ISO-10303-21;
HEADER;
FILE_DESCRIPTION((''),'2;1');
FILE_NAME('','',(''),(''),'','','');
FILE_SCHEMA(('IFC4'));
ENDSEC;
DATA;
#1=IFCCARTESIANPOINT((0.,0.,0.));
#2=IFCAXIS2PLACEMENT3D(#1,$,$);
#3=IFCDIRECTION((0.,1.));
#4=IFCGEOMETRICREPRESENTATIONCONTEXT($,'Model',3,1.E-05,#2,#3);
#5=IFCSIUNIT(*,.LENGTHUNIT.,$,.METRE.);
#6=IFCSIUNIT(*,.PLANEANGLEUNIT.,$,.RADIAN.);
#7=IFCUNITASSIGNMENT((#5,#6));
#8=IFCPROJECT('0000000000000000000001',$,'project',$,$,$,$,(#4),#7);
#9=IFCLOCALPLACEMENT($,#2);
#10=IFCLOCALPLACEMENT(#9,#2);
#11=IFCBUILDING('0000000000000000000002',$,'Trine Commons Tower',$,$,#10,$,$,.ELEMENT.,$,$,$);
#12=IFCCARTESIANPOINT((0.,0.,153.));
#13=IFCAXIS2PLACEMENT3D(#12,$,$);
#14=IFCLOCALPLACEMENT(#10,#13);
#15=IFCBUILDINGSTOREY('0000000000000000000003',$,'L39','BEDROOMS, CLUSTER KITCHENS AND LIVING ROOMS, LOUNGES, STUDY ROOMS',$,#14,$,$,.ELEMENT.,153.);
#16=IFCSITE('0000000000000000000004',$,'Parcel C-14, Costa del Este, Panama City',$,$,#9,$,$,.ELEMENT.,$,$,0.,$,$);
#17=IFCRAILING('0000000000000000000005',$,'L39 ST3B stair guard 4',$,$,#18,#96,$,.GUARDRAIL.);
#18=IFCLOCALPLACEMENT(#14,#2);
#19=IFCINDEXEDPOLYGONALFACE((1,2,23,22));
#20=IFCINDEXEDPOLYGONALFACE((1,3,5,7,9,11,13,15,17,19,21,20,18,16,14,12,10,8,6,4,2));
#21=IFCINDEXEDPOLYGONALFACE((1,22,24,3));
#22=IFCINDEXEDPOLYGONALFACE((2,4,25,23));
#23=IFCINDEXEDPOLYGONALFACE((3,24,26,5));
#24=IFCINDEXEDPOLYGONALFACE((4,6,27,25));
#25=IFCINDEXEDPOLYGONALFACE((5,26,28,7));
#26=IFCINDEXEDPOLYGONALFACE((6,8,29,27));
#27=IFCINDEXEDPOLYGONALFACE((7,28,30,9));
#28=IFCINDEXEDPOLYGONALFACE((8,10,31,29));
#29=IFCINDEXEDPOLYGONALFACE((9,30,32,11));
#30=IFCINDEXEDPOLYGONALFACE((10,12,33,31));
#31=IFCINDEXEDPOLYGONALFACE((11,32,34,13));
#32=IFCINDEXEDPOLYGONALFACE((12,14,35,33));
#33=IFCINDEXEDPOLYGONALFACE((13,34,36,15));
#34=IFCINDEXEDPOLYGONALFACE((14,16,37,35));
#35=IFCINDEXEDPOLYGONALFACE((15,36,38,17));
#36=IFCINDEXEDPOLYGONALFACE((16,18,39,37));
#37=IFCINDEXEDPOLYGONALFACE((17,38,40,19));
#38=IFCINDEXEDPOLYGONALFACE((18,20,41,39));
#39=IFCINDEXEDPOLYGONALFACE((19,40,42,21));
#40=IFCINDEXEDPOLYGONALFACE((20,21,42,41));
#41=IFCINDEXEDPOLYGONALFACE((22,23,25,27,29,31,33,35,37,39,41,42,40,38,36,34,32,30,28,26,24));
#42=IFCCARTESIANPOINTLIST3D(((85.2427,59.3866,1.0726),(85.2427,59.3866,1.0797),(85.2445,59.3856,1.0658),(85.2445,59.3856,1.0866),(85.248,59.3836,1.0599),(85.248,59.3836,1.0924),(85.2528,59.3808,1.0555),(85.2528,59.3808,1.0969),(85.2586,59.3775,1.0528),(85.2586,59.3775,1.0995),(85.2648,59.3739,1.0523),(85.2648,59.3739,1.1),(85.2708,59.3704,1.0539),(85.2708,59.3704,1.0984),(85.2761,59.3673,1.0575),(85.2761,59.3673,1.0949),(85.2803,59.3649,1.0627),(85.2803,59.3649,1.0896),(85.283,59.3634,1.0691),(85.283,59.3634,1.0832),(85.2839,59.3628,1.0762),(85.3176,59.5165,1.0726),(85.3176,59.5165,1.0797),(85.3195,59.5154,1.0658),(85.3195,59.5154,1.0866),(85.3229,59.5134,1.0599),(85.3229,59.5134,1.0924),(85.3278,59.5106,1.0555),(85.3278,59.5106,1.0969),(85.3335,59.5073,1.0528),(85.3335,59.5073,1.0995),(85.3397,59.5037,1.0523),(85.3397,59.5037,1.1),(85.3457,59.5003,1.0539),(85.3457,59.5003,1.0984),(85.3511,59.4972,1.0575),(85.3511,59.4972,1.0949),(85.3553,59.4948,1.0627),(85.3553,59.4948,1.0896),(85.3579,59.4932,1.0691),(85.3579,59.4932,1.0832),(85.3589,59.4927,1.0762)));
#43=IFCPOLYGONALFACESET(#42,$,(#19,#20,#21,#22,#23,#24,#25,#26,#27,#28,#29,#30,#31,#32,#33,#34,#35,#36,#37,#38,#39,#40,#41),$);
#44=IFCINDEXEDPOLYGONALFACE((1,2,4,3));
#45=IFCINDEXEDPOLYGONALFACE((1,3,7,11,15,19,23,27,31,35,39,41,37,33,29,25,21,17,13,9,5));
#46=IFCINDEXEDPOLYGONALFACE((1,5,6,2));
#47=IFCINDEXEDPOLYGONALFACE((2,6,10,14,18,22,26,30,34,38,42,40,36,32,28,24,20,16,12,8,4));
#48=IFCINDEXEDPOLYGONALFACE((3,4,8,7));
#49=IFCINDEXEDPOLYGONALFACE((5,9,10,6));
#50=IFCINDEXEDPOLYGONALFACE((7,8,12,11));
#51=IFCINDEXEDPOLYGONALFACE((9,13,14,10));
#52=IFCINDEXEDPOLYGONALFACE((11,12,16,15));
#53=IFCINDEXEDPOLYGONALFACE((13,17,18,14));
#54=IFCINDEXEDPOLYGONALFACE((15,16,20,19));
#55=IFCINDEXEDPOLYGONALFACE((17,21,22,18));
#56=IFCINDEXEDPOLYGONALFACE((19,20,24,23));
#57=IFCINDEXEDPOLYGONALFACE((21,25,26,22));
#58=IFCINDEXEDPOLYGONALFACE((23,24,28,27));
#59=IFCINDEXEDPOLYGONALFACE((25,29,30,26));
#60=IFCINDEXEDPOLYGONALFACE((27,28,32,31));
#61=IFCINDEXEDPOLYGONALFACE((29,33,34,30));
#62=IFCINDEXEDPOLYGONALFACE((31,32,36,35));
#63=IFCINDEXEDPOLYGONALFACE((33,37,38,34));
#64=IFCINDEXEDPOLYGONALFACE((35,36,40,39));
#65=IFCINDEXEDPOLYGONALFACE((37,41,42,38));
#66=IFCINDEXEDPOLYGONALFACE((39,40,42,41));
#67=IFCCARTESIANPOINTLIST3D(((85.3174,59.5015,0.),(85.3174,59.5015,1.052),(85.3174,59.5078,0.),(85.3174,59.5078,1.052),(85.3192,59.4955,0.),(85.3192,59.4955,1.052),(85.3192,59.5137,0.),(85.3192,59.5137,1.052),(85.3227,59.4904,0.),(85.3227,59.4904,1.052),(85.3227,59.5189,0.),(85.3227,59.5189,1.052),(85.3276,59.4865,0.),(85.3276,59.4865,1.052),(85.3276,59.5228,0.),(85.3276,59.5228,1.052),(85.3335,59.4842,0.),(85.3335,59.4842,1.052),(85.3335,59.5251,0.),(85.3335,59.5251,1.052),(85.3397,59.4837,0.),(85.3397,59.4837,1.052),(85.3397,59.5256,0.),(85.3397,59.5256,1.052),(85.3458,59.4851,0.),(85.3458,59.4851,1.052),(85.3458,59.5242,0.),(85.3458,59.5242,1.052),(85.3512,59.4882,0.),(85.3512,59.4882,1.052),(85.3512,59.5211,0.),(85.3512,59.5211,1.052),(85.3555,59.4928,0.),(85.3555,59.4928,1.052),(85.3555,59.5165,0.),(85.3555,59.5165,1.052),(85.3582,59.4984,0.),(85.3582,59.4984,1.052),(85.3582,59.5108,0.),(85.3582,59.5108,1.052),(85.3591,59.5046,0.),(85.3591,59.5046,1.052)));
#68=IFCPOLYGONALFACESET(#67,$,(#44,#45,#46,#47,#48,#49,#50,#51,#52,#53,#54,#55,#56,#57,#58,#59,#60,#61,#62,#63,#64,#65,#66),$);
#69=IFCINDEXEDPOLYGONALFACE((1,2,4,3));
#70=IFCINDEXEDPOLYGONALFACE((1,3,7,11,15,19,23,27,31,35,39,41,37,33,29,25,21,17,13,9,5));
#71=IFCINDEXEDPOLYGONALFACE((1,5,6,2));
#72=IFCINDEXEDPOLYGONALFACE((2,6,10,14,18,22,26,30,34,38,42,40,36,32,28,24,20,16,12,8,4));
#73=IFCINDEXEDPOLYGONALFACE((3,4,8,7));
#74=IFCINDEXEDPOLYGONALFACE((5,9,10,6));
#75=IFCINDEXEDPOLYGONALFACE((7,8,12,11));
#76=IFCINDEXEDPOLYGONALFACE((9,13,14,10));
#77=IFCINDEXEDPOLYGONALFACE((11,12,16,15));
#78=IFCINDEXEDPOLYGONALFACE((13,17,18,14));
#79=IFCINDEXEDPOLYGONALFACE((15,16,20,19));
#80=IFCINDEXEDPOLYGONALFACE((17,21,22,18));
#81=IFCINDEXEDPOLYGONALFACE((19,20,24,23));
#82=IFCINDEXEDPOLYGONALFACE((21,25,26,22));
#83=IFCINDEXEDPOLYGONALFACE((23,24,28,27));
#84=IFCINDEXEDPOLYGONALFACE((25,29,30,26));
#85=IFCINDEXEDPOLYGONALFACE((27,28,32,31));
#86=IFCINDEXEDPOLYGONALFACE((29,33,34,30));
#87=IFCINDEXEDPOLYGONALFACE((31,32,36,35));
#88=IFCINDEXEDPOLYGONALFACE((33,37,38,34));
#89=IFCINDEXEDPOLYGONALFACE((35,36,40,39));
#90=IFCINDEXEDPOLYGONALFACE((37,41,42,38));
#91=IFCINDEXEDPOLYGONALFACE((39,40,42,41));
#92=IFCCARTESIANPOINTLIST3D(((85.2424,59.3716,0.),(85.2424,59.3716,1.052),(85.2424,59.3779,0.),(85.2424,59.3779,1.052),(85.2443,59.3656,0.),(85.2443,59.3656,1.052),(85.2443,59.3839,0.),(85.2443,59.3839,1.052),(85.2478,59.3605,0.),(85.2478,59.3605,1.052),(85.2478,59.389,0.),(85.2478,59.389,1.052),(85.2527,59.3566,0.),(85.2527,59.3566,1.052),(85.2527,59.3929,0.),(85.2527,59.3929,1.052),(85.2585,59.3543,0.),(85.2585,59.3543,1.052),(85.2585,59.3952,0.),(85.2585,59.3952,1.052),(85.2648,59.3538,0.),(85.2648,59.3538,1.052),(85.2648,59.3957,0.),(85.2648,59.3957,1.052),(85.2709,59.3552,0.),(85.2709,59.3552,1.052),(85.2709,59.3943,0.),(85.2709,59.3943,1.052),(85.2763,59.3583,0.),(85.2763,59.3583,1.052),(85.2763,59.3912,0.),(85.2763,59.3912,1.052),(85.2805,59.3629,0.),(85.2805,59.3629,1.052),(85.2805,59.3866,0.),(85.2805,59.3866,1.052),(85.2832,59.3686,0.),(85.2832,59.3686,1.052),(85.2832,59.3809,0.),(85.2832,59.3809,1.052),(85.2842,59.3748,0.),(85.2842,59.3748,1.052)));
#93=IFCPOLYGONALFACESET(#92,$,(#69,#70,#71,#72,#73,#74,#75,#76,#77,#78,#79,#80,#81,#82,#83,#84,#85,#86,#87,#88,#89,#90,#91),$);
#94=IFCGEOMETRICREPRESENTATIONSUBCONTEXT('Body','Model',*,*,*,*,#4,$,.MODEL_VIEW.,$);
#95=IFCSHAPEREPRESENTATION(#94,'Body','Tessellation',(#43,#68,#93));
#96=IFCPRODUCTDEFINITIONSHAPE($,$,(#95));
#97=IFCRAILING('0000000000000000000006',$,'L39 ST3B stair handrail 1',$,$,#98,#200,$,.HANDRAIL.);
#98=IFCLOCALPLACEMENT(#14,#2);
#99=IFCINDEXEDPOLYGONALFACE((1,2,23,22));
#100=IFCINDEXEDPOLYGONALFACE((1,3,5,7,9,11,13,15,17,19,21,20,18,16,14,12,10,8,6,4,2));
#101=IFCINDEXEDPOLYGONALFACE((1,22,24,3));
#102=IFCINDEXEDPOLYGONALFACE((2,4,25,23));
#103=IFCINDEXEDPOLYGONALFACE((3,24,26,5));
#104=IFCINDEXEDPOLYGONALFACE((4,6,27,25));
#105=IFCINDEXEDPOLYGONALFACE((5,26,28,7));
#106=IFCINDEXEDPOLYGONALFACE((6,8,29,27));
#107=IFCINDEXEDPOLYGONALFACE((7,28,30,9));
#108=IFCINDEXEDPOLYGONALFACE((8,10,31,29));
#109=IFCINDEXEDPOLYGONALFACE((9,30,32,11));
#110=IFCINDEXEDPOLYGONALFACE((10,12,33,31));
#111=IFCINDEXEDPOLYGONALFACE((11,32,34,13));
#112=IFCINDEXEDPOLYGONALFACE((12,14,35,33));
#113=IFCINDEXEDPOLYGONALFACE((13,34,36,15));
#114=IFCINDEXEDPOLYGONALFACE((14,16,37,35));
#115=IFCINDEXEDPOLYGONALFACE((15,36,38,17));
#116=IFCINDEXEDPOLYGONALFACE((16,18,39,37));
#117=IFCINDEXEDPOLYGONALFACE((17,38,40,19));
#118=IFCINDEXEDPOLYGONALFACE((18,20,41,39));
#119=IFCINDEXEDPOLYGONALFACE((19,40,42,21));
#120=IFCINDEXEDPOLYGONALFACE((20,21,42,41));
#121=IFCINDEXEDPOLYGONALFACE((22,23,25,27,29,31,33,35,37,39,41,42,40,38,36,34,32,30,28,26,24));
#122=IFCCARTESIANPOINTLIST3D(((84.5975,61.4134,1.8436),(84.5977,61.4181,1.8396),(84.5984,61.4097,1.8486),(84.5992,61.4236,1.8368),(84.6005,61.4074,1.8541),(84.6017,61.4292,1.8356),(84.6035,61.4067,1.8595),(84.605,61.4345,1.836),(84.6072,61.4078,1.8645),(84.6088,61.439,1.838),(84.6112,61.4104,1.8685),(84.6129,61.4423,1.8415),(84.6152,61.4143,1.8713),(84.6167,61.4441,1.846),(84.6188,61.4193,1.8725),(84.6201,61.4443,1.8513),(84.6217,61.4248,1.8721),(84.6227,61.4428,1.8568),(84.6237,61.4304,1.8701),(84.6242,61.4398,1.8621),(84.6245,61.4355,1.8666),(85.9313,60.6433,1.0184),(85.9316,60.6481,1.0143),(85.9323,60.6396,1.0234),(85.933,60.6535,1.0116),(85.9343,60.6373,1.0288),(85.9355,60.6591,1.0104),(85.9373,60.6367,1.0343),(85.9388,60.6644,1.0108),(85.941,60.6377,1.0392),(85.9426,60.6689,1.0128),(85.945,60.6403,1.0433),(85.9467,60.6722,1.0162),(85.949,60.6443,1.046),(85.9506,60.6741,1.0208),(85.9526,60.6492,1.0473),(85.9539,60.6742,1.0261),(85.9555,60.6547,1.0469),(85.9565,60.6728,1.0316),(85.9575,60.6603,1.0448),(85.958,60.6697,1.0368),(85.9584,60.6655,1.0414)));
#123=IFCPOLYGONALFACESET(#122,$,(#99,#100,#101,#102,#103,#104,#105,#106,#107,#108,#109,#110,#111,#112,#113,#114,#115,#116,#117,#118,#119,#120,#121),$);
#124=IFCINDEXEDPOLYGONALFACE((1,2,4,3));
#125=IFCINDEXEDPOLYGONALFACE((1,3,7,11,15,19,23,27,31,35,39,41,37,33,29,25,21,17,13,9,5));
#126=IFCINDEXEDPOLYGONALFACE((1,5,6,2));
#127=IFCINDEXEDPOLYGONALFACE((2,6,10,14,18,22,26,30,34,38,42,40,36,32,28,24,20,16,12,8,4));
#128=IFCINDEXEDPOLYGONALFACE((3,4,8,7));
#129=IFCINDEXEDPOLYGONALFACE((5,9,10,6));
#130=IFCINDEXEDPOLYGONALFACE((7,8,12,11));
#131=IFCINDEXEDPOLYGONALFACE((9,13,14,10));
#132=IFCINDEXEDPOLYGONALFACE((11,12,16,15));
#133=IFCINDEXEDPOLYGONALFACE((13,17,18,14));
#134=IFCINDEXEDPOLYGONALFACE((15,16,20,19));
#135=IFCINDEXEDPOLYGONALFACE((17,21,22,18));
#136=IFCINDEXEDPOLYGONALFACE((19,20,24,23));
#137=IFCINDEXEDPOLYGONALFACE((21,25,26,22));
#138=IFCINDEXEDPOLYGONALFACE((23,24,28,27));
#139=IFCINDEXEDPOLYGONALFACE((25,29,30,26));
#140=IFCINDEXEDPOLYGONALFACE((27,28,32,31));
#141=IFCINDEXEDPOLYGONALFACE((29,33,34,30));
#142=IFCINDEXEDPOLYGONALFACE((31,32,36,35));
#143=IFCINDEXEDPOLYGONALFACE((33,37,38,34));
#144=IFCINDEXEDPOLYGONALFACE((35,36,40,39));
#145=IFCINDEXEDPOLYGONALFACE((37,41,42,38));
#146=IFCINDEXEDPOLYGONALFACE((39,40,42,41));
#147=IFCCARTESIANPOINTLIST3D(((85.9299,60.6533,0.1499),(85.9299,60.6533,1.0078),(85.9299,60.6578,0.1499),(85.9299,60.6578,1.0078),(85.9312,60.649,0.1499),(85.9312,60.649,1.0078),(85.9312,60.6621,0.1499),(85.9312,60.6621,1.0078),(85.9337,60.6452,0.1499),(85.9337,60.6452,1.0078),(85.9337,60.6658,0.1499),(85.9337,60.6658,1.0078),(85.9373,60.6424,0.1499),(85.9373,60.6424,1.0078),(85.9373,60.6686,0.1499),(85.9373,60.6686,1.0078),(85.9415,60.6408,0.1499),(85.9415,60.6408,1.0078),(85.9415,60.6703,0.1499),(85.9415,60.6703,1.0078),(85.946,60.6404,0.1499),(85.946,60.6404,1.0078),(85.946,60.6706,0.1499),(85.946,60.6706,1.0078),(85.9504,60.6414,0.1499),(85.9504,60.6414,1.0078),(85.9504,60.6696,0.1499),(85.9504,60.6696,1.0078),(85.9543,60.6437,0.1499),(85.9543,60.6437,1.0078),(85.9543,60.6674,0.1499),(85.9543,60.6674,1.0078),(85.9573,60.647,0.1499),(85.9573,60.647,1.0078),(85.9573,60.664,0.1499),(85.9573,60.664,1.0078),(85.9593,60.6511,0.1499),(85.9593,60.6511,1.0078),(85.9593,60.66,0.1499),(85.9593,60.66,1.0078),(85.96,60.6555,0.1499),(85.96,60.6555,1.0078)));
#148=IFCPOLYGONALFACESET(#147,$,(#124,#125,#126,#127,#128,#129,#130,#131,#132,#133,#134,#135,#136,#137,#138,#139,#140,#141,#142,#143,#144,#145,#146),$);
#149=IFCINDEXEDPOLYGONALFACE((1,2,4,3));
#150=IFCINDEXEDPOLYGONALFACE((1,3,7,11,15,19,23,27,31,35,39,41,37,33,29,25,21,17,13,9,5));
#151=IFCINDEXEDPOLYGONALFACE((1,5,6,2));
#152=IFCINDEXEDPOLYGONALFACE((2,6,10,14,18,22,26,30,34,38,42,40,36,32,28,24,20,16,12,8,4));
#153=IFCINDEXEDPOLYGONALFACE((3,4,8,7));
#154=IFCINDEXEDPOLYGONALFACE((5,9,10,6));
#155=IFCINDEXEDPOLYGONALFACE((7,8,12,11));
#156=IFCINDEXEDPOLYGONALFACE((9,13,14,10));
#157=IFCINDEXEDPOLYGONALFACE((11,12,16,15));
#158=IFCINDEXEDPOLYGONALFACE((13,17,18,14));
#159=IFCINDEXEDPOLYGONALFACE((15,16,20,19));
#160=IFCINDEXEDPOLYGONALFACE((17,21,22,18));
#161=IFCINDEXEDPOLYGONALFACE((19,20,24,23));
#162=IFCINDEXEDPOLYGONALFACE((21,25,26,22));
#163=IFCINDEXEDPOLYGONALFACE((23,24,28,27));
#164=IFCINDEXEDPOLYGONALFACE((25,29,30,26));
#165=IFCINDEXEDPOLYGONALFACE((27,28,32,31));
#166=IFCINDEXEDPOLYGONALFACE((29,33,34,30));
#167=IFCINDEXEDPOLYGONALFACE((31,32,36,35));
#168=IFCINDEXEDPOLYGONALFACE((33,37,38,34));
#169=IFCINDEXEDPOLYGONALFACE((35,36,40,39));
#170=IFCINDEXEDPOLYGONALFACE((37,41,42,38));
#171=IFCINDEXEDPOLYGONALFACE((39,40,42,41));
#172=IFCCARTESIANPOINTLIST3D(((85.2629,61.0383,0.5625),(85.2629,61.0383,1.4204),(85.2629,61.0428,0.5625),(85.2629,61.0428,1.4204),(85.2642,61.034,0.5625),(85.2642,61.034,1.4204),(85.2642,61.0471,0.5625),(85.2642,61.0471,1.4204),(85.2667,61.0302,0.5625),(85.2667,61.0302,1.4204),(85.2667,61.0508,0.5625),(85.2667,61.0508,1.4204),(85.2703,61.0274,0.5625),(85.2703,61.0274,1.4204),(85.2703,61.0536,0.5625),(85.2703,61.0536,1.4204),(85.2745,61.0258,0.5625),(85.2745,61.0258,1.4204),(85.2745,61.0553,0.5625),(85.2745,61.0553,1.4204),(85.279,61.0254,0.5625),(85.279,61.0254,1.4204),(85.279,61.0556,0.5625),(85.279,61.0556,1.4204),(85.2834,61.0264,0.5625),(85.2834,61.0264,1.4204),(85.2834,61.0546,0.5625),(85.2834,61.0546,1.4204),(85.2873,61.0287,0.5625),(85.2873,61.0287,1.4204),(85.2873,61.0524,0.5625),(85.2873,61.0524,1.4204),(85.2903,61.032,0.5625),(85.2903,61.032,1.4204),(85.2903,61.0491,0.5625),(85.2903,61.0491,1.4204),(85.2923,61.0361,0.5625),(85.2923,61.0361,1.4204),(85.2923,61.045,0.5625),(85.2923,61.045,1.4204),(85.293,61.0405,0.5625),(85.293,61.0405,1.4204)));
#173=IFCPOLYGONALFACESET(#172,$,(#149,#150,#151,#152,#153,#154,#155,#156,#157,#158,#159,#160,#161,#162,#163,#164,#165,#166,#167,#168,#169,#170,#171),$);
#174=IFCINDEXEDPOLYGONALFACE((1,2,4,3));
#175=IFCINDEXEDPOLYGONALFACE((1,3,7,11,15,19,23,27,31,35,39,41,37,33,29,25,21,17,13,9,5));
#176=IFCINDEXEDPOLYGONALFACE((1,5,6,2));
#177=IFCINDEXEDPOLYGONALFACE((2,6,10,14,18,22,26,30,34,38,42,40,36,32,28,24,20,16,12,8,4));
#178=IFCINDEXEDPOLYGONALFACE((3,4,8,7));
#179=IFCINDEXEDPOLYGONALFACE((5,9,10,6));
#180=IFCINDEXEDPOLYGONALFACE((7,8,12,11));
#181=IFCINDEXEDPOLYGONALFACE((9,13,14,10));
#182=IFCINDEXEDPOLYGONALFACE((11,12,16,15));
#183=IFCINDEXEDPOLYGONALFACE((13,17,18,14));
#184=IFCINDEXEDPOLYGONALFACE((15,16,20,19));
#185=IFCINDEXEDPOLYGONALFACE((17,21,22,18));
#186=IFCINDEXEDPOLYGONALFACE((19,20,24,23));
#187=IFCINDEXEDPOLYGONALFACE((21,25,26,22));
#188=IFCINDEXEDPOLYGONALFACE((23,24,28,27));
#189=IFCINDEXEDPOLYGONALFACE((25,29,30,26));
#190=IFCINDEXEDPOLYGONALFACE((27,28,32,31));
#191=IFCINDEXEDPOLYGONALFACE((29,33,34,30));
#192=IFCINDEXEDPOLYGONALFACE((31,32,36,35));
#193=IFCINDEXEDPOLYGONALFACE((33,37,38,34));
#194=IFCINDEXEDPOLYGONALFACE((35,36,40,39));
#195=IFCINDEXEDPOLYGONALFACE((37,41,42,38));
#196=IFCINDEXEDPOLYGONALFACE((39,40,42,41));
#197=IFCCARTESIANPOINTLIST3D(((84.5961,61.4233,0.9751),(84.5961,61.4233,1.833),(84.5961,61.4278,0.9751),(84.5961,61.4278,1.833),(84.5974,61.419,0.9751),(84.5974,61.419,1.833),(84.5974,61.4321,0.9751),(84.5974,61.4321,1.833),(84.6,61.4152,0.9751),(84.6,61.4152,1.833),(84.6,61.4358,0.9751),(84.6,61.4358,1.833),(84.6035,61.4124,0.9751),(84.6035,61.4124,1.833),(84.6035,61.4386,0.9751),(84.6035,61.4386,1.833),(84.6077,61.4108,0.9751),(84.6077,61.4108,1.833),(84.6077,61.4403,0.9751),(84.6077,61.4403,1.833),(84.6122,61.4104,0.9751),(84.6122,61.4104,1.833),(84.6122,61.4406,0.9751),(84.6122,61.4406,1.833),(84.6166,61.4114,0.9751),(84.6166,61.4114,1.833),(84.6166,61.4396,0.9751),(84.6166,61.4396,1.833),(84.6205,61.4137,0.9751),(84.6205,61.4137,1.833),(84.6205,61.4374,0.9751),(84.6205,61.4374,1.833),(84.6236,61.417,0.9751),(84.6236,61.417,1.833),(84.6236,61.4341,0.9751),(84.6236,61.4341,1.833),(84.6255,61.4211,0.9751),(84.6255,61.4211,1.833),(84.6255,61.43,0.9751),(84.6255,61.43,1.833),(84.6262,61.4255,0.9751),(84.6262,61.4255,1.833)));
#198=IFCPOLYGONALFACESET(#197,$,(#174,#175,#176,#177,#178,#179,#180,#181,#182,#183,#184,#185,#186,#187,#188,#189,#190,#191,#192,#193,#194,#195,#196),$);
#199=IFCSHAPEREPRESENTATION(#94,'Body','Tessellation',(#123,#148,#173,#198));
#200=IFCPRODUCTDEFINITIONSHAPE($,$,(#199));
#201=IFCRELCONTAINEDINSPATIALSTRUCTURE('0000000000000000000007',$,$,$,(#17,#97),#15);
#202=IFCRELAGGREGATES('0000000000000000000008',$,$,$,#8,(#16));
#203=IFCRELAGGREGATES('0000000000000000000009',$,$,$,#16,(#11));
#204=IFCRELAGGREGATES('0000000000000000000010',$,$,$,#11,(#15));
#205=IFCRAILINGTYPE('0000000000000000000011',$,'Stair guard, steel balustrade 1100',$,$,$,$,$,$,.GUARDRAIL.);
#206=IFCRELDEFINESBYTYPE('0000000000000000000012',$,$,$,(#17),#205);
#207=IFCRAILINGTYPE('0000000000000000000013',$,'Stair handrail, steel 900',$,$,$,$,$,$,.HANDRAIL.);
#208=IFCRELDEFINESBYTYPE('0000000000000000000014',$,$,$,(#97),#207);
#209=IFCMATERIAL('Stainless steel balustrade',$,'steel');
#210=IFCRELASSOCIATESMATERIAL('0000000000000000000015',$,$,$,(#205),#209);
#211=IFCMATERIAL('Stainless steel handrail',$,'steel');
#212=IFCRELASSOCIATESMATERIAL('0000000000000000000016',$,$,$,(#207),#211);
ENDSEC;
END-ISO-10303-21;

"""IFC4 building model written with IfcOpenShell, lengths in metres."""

from ifc_helpers import new_model, si_unit, direction, frame, origin, origin_2d, place, context, subcontext, project, spatial, circle, extrude, material, type_object, element, save


model = new_model("IFC4")

# Units and contexts
model_context = context("Model", 3, precision=1e-05, world=origin(), true_north=direction((0.0, 1.0)))
body_context = subcontext(model_context, "Body", "Model", "MODEL_VIEW")
ifc_project = project(units=[si_unit("LENGTHUNIT", "METRE"), si_unit("PLANEANGLEUNIT", "RADIAN")], contexts=[model_context])

# Site, building, storey
site_placement = place(None, origin())
site = spatial("IfcSite", under=ifc_project, at=site_placement, Name="Parcel C-14, Costa del Este, Panama City", CompositionType="ELEMENT", RefElevation=0.0)
building_placement = place(site_placement, origin())
building = spatial("IfcBuilding", under=site, at=building_placement, Name="Trine Commons Tower", CompositionType="ELEMENT")
storey_placement = place(building_placement, frame((0.0, 0.0, 153.0)))
storey = spatial("IfcBuildingStorey", under=building, at=storey_placement, Name="L39", Description="BEDROOMS, CLUSTER KITCHENS AND LIVING ROOMS, LOUNGES, STUDY ROOMS", CompositionType="ELEMENT", Elevation=153.0)

# Railings
ifc_material_1 = material(Name="Stainless steel balustrade", Category="steel")
railing_type_1 = type_object("IfcRailingType", Name="Stair guard, steel balustrade 1100", PredefinedType="GUARDRAIL", material=ifc_material_1)
railing_1_placement = place(storey_placement, frame((85.3381, 59.5046, 0.0)))
element("IfcRailing", 1, at=railing_1_placement, inside=storey, type_object=railing_type_1, Name="L39 ST3B stair guard 4", PredefinedType="GUARDRAIL", context=body_context, shape_type="SweptSolid", body=[
    extrude(circle(Radius=0.0239, at=origin_2d()), frame((0.0, 0.0, 1.0762), z_axis=(-0.499816, -0.866131, 0.0), x_axis=(0.866131, -0.499816, 0.0)), (0.0, 0.0, 1.0), 0.1499),
    extrude(circle(Radius=0.021, at=origin_2d()), origin(), (0.0, 0.0, 1.0), 1.052),
    extrude(circle(Radius=0.021, at=origin_2d()), frame((-0.075, -0.1299, 0.0)), (0.0, 0.0, 1.0), 1.052),
])
ifc_material_2 = material(Name="Stainless steel handrail", Category="steel")
railing_type_2 = type_object("IfcRailingType", Name="Stair handrail, steel 900", PredefinedType="HANDRAIL", material=ifc_material_2)
railing_2_placement = place(storey_placement, frame((85.9448, 60.6555, 0.1499)))
element("IfcRailing", 2, at=railing_2_placement, inside=storey, type_object=railing_type_2, Name="L39 ST3B stair handrail 1", PredefinedType="HANDRAIL", context=body_context, shape_type="SweptSolid", body=[
    extrude(circle(Radius=0.021, at=origin_2d()), frame((0.0, 0.0, 0.8789), z_axis=(-0.763355, 0.440714, 0.472293), x_axis=(-0.499992, -0.86603, 0.0)), (0.0, 0.0, 1.0), 1.7473),
    extrude(circle(Radius=0.0151, at=origin_2d()), origin(), (0.0, 0.0, 1.0), 0.8579),
    extrude(circle(Radius=0.0151, at=origin_2d()), frame((-0.667, 0.385, 0.4126)), (0.0, 0.0, 1.0), 0.8579),
    extrude(circle(Radius=0.0151, at=origin_2d()), frame((-1.3337, 0.77, 0.8252)), (0.0, 0.0, 1.0), 0.8579),
])

save(model, "model.ifc")
